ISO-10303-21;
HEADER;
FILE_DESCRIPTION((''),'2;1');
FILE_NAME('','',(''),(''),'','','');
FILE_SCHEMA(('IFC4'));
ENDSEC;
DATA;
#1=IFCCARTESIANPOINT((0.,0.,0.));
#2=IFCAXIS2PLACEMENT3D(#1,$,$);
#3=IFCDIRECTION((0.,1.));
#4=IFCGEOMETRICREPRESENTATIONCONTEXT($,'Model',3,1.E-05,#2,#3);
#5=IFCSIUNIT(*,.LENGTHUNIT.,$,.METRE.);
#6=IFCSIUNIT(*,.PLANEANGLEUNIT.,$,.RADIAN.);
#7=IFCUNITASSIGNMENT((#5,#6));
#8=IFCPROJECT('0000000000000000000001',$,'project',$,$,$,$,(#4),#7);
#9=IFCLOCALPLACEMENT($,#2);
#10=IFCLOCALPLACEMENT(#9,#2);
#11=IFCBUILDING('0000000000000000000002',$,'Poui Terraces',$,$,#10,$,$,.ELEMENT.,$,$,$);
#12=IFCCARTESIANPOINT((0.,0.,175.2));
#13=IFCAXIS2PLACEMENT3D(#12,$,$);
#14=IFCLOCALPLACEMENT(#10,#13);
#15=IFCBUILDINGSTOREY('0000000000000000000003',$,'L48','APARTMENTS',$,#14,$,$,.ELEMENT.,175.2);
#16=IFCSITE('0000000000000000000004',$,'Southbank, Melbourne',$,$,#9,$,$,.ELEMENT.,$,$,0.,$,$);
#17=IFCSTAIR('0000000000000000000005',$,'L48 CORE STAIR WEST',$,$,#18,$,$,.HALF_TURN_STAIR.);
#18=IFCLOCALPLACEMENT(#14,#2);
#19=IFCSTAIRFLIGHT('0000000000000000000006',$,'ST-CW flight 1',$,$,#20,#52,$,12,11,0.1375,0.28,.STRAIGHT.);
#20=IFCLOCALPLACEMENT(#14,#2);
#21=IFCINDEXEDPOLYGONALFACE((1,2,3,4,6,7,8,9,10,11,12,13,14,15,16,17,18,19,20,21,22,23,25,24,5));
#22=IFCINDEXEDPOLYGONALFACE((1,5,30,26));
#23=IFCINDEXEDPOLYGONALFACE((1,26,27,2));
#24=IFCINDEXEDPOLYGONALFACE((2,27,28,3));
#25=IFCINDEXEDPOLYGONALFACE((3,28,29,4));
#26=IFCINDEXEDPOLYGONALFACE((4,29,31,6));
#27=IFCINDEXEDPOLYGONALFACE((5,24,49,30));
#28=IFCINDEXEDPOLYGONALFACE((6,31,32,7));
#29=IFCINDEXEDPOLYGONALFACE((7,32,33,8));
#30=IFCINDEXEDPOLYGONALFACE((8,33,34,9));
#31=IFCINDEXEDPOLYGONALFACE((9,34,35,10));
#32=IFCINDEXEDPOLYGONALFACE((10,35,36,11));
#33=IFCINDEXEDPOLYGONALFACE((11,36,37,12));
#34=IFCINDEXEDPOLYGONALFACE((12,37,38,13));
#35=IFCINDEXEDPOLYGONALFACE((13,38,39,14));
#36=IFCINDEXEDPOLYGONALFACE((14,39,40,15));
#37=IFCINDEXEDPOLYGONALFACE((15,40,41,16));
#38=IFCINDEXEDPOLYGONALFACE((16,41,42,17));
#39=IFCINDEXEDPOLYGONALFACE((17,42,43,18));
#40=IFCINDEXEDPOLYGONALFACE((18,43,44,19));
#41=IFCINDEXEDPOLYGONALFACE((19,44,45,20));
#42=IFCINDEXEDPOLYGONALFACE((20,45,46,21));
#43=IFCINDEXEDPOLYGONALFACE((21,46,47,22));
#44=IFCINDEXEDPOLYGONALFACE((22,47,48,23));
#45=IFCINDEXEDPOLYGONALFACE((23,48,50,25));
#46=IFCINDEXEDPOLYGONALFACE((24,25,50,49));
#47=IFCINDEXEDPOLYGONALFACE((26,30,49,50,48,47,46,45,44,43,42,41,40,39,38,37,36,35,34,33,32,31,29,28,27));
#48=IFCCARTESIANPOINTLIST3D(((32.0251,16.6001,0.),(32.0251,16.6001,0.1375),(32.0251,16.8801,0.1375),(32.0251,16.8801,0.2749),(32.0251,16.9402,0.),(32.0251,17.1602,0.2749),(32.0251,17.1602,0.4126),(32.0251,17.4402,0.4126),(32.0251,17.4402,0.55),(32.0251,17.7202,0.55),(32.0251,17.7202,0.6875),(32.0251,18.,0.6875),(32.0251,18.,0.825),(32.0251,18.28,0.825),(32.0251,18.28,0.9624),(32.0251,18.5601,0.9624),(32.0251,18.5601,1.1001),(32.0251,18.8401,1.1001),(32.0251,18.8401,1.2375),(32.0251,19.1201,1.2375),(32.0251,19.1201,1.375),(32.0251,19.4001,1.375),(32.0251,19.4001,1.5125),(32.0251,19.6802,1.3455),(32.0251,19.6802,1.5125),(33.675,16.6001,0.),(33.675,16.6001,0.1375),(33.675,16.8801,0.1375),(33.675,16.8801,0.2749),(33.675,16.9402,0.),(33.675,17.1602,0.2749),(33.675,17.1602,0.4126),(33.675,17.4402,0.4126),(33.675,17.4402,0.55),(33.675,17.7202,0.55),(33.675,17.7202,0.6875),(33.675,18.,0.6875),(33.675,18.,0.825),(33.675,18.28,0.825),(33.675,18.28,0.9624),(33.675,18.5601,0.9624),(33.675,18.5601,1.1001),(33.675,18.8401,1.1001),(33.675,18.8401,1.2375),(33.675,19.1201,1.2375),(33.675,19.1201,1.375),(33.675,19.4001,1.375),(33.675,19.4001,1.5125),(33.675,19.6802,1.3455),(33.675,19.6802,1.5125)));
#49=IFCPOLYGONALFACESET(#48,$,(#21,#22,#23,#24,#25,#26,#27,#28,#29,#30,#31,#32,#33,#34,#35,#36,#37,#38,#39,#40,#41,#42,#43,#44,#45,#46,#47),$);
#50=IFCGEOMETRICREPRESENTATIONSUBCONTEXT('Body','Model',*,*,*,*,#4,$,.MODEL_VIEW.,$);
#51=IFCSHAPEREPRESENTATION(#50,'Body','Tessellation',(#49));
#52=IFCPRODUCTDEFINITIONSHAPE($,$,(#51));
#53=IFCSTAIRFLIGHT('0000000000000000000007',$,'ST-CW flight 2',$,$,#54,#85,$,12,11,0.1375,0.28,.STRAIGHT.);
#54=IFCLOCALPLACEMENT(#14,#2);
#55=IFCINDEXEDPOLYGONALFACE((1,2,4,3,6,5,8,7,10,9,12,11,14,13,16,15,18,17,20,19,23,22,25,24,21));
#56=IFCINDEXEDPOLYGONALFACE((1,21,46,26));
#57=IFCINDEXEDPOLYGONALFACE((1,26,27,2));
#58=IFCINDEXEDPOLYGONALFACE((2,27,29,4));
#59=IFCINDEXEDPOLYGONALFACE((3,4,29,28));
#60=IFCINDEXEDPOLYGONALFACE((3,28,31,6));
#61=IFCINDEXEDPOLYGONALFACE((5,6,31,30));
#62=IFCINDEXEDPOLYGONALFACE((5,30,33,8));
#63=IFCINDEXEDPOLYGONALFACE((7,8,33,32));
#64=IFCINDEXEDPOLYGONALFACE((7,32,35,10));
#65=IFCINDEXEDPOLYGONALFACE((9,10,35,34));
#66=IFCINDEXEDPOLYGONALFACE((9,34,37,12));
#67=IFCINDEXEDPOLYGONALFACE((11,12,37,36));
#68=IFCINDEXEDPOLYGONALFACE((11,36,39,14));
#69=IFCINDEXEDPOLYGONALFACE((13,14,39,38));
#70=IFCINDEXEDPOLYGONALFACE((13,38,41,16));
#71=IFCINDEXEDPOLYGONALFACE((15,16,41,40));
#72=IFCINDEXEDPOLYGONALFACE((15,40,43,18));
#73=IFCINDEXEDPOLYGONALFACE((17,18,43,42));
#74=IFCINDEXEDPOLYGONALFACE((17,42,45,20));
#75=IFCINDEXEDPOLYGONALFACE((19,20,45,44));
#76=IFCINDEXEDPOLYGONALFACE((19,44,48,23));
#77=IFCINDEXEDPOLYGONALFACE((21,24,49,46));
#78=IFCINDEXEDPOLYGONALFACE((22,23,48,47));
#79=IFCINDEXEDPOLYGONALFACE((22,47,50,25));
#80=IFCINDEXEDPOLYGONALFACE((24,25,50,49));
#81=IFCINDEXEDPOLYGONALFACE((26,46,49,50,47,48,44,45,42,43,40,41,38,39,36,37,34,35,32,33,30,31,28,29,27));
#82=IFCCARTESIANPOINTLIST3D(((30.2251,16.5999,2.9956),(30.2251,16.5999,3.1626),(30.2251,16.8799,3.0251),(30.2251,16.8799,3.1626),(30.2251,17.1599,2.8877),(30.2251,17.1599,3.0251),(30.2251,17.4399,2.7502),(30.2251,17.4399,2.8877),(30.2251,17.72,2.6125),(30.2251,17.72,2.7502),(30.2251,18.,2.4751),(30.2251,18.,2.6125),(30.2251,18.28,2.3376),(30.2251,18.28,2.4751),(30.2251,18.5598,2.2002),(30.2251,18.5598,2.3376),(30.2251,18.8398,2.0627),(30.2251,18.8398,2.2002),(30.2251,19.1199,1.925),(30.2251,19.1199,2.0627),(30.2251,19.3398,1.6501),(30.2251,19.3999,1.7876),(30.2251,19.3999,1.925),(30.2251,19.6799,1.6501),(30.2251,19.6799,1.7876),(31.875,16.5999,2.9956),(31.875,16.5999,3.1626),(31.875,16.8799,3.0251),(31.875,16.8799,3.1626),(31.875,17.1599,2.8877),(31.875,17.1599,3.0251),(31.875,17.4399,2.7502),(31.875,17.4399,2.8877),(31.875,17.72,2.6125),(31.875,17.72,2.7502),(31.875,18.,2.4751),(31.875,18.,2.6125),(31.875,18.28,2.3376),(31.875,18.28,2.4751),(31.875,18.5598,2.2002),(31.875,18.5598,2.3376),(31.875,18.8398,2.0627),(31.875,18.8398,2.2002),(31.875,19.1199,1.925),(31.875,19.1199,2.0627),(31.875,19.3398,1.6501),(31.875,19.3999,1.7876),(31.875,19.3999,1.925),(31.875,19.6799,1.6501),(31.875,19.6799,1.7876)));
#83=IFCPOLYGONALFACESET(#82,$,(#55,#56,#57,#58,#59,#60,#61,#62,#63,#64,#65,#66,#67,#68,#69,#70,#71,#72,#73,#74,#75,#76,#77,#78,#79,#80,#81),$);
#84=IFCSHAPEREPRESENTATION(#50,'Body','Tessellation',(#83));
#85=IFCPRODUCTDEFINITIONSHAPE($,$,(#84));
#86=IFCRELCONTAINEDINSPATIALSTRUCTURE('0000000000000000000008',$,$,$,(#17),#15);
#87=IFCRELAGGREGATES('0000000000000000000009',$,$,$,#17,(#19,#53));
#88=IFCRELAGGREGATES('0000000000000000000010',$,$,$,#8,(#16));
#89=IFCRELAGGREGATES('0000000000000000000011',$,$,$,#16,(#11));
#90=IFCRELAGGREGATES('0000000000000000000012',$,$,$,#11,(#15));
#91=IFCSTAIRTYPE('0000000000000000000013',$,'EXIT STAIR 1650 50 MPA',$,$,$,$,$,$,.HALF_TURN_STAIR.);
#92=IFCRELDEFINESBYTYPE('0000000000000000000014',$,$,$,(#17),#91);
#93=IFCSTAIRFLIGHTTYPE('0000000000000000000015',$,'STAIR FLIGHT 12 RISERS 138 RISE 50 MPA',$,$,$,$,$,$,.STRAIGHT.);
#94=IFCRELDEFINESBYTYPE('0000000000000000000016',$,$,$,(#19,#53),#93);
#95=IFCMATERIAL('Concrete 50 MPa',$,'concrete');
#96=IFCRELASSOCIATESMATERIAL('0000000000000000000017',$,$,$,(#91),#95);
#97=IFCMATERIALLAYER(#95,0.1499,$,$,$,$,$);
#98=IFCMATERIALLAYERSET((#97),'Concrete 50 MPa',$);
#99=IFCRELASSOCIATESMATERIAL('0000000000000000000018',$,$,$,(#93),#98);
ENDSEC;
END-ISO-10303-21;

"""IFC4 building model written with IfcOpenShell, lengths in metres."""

from ifc_helpers import new_model, si_unit, direction, frame, origin, place, context, subcontext, project, spatial, polyline, outline, extrude, material, layer, layer_set, type_object, element, aggregate, save


model = new_model("IFC4")

# Units and contexts
model_context = context("Model", 3, precision=1e-05, world=origin(), true_north=direction((0.0, 1.0)))
body_context = subcontext(model_context, "Body", "Model", "MODEL_VIEW")
ifc_project = project(units=[si_unit("LENGTHUNIT", "METRE"), si_unit("PLANEANGLEUNIT", "RADIAN")], contexts=[model_context])

# Site, building, storey
site_placement = place(None, origin())
site = spatial("IfcSite", under=ifc_project, at=site_placement, Name="Southbank, Melbourne", CompositionType="ELEMENT", RefElevation=0.0)
building_placement = place(site_placement, origin())
building = spatial("IfcBuilding", under=site, at=building_placement, Name="Poui Terraces", CompositionType="ELEMENT")
storey_placement = place(building_placement, frame((0.0, 0.0, 175.2)))
storey = spatial("IfcBuildingStorey", under=building, at=storey_placement, Name="L48", Description="APARTMENTS", CompositionType="ELEMENT", Elevation=175.2)

# Shared definitions
ifc_material_1 = material(Name="Concrete 50 MPa", Category="concrete")

# Stair, stair flights
stair_type = type_object("IfcStairType", Name="EXIT STAIR 1650 50 MPA", PredefinedType="HALF_TURN_STAIR", material=ifc_material_1)
stair_placement = place(storey_placement, origin())
stair = element("IfcStair", 1, at=stair_placement, inside=storey, type_object=stair_type, Name="L48 CORE STAIR WEST", PredefinedType="HALF_TURN_STAIR")
ifc_layer_1 = layer(ifc_material_1, 0.1499)
ifc_layer_set_1 = layer_set([ifc_layer_1], Name="Concrete 50 MPa")
stair_flight_type = type_object("IfcStairFlightType", Name="STAIR FLIGHT 12 RISERS 138 RISE 50 MPA", PredefinedType="STRAIGHT", material=ifc_layer_set_1)
stair_flight_1_placement = place(storey_placement, frame((32.8501, 16.6001, 0.0), z_axis=(0.0, 0.0, 1.0), x_axis=(0.0, 1.0, 0.0)))
stair_flight_1 = element("IfcStairFlight", 2, at=stair_flight_1_placement, type_object=stair_flight_type, Name="ST-CW flight 1", NumberOfRisers=12, NumberOfTreads=11, PredefinedType="STRAIGHT", RiserHeight=0.1375, TreadLength=0.28, context=body_context, shape_type="SweptSolid", body=[
    extrude(outline(polyline([(0.0, 0.0), (0.0, 0.1375), (0.28, 0.1375), (0.28, 0.2749), (0.5601, 0.2749), (0.5601, 0.4126), (0.8401, 0.4126), (0.8401, 0.55), (1.1201, 0.55), (1.1201, 0.6875), (1.3999, 0.6875), (1.3999, 0.825), (1.6799, 0.825), (1.6799, 0.9624), (1.96, 0.9624), (1.96, 1.1001), (2.24, 1.1001), (2.24, 1.2375), (2.52, 1.2375), (2.52, 1.375), (2.8, 1.375), (2.8, 1.5125), (3.0801, 1.5125), (3.0801, 1.6499), (3.0801, 1.3455), (0.3401, 0.0), (0.0, 0.0)])), frame((0.0, 0.825, 0.0), z_axis=(0.0, -1.0, 0.0), x_axis=(1.0, 0.0, 0.0)), (0.0, 0.0, 1.0), 1.6499),
])
stair_flight_2_placement = place(storey_placement, frame((31.05, 19.6799, 1.6501), z_axis=(0.0, 0.0, 1.0), x_axis=(0.0, -1.0, 0.0)))
stair_flight_2 = element("IfcStairFlight", 3, at=stair_flight_2_placement, type_object=stair_flight_type, Name="ST-CW flight 2", NumberOfRisers=12, NumberOfTreads=11, PredefinedType="STRAIGHT", RiserHeight=0.1375, TreadLength=0.28, context=body_context, shape_type="SweptSolid", body=[
    extrude(outline(polyline([(0.0, 0.0), (0.0, 0.1375), (0.28, 0.1375), (0.28, 0.2749), (0.5601, 0.2749), (0.5601, 0.4126), (0.8401, 0.4126), (0.8401, 0.55), (1.1201, 0.55), (1.1201, 0.6875), (1.3999, 0.6875), (1.3999, 0.825), (1.6799, 0.825), (1.6799, 0.9624), (1.96, 0.9624), (1.96, 1.1001), (2.24, 1.1001), (2.24, 1.2375), (2.52, 1.2375), (2.52, 1.375), (2.8, 1.375), (2.8, 1.5125), (3.0801, 1.5125), (3.0801, 1.6499), (3.0801, 1.3455), (0.3401, 0.0), (0.0, 0.0)])), frame((0.0, 0.825, 0.0), z_axis=(0.0, -1.0, 0.0), x_axis=(1.0, 0.0, 0.0)), (0.0, 0.0, 1.0), 1.6499),
])
aggregate(stair, [stair_flight_1, stair_flight_2])

save(model, "model.ifc")
